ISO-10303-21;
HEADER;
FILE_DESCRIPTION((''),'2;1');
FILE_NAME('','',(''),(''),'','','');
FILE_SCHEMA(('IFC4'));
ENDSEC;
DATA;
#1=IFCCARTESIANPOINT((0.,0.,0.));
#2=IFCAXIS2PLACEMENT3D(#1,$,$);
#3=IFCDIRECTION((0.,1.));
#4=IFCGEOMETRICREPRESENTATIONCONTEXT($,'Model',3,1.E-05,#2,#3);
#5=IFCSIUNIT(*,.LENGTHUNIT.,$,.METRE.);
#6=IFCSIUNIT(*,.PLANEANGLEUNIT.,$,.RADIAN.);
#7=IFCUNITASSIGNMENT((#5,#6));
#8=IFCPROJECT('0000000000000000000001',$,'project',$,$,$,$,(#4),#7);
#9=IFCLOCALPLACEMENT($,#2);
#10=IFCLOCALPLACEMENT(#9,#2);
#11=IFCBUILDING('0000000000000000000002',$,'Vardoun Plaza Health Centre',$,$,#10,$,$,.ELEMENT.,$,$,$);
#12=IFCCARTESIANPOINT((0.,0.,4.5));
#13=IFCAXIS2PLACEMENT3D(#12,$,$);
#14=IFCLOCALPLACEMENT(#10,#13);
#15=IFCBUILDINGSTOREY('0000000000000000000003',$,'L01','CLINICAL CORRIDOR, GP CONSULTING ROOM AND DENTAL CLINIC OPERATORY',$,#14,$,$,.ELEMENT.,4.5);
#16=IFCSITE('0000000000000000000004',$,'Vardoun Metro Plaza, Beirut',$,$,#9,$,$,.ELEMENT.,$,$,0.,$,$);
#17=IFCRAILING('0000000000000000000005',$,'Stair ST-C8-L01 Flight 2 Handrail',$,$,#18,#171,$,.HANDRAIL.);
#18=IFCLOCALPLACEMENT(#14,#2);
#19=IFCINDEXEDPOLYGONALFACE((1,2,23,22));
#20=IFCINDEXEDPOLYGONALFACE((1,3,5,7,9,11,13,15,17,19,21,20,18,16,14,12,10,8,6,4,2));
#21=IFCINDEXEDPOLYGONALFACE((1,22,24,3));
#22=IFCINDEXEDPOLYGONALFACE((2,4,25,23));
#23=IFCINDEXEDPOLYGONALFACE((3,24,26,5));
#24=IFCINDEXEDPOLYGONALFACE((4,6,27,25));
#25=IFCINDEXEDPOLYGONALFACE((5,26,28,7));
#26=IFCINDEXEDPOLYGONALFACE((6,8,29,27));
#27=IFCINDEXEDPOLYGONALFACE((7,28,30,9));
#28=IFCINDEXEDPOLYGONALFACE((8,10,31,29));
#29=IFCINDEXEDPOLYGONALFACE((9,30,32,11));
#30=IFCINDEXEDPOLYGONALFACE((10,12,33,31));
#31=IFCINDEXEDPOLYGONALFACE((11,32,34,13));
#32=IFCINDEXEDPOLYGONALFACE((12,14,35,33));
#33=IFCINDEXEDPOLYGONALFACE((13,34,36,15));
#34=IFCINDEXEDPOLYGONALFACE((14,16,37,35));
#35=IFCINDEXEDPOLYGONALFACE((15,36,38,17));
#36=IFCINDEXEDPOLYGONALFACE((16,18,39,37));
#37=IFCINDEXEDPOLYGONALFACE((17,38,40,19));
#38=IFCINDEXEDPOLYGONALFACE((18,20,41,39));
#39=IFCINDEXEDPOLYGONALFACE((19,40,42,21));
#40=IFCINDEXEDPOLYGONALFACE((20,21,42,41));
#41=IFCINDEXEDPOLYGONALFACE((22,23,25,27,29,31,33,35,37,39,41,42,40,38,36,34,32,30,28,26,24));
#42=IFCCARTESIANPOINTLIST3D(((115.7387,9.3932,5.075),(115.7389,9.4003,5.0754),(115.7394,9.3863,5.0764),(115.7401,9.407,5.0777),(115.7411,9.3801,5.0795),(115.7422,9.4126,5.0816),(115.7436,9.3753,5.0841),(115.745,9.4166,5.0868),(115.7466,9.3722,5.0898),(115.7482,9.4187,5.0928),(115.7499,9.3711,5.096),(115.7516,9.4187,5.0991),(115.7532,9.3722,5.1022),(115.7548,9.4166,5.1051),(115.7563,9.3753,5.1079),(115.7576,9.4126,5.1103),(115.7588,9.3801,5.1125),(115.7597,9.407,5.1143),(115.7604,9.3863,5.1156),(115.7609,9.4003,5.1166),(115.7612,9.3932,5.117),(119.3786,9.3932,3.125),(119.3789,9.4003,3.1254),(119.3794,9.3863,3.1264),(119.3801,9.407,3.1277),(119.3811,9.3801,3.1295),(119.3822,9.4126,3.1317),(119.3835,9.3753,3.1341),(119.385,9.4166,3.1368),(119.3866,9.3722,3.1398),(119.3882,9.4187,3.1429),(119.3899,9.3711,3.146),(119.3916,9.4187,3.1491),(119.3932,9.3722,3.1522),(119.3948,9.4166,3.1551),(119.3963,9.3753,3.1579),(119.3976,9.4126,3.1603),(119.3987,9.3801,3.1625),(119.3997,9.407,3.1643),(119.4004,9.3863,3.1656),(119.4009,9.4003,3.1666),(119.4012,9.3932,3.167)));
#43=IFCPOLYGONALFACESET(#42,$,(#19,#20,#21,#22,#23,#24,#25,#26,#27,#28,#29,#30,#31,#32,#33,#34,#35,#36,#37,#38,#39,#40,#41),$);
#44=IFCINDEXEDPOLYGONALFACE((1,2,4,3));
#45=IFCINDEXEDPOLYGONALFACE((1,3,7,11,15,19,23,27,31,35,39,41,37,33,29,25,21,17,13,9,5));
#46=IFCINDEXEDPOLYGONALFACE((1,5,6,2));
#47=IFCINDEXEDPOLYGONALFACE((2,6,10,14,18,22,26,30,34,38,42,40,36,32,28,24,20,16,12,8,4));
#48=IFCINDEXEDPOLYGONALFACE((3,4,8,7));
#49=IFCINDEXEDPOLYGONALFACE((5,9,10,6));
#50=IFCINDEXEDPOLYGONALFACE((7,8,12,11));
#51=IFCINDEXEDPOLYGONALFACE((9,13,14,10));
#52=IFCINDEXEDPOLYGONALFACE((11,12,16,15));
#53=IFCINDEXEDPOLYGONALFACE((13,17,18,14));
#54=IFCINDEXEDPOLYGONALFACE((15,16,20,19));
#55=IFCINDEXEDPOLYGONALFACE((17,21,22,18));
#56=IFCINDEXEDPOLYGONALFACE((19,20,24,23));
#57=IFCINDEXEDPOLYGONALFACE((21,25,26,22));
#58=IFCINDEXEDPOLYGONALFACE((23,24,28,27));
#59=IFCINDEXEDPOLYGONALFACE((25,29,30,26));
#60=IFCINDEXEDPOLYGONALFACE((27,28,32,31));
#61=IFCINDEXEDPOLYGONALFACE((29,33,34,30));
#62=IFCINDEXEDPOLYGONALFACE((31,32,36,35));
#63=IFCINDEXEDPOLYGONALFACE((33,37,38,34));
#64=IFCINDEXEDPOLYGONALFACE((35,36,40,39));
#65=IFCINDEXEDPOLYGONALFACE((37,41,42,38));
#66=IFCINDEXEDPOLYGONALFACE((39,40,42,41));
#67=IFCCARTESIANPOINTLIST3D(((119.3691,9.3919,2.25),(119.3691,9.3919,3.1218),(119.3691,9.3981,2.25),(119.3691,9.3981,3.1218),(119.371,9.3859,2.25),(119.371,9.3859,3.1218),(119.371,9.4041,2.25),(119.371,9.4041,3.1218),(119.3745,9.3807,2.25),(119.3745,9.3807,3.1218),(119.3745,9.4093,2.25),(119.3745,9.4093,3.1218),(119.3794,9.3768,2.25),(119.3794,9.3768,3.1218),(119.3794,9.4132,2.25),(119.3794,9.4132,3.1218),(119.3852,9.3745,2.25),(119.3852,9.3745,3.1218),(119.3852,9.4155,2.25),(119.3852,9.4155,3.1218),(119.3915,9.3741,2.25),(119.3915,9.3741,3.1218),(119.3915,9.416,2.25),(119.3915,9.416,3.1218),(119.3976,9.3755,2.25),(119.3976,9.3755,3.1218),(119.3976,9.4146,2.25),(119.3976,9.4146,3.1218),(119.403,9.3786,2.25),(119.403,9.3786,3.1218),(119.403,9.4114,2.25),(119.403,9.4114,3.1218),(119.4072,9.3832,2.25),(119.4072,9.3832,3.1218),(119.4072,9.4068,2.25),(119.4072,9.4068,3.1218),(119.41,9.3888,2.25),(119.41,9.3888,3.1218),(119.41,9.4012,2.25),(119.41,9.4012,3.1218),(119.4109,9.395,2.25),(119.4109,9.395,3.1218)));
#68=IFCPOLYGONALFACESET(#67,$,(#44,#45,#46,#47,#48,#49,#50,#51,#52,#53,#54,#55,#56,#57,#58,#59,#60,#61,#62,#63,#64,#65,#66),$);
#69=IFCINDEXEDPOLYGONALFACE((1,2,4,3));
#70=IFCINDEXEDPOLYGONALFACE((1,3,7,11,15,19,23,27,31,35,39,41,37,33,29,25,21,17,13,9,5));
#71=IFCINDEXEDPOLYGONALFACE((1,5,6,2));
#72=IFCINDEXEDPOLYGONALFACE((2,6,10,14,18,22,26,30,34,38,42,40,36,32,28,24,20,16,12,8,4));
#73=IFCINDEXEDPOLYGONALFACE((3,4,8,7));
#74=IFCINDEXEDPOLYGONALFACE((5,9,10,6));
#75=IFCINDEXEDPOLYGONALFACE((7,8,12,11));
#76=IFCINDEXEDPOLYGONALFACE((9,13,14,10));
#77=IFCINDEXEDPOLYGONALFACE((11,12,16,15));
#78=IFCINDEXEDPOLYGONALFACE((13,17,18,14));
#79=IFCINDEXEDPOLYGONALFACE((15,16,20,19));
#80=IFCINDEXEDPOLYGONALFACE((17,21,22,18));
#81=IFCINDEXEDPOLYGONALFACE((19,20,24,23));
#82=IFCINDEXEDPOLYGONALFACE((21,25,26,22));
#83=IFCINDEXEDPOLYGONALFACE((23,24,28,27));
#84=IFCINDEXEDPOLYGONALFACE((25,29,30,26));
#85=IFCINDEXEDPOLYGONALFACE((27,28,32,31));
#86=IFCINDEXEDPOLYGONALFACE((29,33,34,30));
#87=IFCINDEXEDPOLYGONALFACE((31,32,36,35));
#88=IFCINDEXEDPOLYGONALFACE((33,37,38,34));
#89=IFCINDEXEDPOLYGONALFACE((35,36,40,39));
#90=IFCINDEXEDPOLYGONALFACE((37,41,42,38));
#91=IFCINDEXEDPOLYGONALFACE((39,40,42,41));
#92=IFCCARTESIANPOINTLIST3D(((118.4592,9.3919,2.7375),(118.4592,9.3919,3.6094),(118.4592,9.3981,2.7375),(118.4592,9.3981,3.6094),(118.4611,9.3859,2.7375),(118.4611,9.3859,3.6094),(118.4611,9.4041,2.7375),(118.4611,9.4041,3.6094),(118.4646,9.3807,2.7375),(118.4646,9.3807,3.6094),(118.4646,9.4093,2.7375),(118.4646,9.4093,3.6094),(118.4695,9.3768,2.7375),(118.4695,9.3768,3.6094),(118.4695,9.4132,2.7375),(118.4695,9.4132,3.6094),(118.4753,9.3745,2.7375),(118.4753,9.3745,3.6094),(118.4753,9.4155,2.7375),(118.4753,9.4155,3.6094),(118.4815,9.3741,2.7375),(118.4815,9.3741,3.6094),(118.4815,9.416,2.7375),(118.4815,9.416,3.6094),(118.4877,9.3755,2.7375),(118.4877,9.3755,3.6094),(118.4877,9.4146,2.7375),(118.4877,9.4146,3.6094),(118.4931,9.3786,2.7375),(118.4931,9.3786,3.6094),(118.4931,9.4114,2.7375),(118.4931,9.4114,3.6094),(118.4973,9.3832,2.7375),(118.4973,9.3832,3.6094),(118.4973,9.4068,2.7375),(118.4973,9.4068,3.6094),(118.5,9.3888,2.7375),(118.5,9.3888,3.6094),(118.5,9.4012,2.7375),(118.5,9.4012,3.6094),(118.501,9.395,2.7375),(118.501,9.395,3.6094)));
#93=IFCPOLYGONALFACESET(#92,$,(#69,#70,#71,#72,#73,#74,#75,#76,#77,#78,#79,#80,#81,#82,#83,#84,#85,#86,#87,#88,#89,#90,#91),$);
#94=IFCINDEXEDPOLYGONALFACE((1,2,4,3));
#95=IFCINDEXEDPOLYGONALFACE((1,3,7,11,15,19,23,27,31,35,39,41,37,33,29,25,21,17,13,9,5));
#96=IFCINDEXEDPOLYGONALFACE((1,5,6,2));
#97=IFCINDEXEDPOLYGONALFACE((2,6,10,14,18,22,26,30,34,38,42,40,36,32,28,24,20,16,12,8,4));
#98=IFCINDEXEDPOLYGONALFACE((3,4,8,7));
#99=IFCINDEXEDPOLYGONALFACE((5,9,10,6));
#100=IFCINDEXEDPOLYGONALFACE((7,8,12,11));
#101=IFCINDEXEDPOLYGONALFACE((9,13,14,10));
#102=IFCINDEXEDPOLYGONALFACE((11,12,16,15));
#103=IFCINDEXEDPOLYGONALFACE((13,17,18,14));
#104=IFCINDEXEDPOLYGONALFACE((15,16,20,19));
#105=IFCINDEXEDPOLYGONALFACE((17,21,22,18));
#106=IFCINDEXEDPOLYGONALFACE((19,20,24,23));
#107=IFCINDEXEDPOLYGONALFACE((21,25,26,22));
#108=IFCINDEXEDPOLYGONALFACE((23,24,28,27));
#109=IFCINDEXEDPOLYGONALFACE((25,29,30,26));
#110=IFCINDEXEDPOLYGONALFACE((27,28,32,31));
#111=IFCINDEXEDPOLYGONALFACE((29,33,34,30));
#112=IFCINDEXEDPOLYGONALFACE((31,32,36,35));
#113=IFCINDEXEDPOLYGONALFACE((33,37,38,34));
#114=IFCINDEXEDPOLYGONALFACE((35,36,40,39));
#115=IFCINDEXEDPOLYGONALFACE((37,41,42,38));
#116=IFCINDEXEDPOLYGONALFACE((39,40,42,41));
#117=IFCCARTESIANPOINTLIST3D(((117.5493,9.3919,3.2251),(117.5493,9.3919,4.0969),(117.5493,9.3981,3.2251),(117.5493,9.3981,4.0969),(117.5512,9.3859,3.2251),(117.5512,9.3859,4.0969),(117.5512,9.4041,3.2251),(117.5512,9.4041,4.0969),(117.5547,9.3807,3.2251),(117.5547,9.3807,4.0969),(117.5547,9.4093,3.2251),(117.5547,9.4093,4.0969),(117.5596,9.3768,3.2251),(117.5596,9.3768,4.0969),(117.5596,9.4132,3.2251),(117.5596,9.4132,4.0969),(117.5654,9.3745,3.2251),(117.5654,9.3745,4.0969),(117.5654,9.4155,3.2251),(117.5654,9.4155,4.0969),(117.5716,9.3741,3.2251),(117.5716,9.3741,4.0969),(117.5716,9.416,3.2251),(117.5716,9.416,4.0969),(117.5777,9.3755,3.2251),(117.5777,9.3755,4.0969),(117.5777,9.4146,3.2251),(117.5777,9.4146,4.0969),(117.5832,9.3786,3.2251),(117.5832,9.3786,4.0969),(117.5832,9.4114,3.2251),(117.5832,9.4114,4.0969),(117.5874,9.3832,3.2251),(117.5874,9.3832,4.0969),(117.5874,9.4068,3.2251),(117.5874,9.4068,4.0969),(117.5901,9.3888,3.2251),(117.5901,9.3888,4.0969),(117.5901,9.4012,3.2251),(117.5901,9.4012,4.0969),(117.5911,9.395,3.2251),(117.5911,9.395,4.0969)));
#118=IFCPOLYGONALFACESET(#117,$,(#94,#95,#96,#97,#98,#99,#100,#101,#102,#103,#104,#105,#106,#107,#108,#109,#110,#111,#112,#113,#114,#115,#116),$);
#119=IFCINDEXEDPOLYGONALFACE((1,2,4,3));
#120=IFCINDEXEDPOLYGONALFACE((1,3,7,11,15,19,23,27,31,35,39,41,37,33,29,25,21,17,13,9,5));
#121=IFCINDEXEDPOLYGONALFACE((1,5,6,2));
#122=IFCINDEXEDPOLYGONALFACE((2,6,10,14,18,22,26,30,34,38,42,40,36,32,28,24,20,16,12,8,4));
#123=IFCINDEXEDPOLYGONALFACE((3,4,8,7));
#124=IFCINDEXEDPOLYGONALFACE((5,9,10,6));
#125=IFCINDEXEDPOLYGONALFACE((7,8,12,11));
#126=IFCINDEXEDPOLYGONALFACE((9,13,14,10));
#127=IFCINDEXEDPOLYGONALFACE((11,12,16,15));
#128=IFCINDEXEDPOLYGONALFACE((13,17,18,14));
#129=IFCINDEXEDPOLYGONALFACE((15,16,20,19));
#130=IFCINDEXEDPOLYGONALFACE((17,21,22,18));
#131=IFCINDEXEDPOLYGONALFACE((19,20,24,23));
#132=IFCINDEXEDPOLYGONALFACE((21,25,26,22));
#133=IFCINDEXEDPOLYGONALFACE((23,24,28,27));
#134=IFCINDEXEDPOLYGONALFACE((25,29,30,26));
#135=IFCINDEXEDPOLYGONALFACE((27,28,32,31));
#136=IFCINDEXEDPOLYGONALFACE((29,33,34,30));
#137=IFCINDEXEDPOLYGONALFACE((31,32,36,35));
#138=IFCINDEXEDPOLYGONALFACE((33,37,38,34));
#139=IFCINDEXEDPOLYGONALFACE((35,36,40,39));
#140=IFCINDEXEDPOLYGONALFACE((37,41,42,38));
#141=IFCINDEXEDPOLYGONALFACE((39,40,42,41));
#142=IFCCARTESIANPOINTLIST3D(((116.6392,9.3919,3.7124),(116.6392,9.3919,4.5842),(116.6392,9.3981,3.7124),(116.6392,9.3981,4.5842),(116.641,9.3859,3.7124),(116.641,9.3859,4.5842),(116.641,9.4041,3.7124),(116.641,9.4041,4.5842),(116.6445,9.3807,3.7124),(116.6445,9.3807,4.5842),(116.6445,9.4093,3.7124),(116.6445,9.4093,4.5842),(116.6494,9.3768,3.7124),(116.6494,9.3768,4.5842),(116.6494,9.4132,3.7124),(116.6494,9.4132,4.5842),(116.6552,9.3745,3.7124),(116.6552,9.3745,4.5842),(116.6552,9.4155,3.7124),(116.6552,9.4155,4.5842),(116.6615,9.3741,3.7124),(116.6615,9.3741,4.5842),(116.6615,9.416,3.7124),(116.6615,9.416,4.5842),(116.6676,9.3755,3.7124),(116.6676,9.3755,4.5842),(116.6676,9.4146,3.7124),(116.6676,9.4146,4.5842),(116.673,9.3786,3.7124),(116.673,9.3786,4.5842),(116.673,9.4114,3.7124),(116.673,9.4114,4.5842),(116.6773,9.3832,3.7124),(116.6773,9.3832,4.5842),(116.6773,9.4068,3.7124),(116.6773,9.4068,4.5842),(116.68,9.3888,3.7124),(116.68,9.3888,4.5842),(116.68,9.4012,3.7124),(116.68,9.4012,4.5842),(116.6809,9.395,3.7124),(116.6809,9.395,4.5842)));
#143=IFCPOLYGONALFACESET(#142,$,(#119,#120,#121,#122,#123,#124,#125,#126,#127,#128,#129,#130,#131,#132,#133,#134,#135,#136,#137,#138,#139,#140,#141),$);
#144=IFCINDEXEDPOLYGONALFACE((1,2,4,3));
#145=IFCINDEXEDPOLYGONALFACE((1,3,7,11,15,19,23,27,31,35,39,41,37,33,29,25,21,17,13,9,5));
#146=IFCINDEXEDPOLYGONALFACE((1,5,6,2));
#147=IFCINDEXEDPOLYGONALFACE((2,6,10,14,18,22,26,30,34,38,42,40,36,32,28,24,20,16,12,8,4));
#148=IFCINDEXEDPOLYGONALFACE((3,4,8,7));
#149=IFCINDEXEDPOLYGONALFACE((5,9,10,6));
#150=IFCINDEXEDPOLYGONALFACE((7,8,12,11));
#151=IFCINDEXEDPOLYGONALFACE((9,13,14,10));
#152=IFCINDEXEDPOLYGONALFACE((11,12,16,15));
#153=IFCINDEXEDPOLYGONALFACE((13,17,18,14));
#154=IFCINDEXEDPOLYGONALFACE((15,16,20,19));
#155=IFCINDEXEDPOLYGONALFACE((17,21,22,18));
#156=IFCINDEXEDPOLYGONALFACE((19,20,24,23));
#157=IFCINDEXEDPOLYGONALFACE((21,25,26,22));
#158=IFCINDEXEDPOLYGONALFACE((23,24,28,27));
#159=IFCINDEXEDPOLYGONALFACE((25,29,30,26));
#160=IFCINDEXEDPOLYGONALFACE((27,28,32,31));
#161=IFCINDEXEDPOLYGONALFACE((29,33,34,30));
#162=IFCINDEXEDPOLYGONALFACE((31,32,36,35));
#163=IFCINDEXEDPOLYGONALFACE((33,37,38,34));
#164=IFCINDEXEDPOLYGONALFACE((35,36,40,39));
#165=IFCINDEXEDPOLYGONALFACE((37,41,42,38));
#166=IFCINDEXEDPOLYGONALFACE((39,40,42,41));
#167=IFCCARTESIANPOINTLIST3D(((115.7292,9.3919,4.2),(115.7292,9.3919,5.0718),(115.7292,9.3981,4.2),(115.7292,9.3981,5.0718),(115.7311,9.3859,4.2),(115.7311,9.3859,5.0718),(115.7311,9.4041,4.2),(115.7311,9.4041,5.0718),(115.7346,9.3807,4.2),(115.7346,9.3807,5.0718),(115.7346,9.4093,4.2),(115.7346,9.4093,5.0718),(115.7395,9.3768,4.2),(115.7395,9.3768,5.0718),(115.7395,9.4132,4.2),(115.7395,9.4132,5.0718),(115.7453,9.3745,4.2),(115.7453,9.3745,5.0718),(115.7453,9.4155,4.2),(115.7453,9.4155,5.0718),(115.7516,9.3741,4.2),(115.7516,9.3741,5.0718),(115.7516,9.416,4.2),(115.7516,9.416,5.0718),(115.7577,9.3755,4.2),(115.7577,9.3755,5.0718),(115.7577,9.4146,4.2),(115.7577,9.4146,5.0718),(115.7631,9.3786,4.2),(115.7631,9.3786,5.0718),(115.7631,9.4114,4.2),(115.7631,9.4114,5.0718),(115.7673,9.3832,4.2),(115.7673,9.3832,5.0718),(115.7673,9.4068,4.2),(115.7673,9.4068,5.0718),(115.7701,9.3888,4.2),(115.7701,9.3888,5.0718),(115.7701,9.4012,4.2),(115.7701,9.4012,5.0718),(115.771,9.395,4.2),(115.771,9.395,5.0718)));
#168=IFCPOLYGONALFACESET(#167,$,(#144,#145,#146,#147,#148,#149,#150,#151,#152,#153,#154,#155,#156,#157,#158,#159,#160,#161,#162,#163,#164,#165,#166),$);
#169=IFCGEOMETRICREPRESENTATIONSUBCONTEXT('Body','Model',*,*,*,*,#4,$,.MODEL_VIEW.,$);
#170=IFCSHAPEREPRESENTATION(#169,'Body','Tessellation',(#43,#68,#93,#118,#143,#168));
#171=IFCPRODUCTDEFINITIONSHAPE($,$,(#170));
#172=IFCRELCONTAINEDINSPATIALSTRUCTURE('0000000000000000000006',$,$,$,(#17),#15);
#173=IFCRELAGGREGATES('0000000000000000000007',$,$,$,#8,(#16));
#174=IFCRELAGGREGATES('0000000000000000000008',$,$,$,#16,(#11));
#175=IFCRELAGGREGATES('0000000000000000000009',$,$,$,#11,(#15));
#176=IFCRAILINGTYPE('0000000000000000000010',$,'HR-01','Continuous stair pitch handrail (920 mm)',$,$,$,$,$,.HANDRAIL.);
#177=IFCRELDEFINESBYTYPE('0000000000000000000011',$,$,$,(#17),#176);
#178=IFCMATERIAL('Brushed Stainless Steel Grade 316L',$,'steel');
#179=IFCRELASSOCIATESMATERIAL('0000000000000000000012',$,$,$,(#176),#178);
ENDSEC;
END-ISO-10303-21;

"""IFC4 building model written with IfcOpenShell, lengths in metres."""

from ifc_helpers import new_model, si_unit, direction, frame, origin, origin_2d, place, context, subcontext, project, spatial, circle, extrude, material, type_object, element, save


model = new_model("IFC4")

# Units and contexts
model_context = context("Model", 3, precision=1e-05, world=origin(), true_north=direction((0.0, 1.0)))
body_context = subcontext(model_context, "Body", "Model", "MODEL_VIEW")
ifc_project = project(units=[si_unit("LENGTHUNIT", "METRE"), si_unit("PLANEANGLEUNIT", "RADIAN")], contexts=[model_context])

# Site, building, storey
site_placement = place(None, origin())
site = spatial("IfcSite", under=ifc_project, at=site_placement, Name="Vardoun Metro Plaza, Beirut", CompositionType="ELEMENT", RefElevation=0.0)
building_placement = place(site_placement, origin())
building = spatial("IfcBuilding", under=site, at=building_placement, Name="Vardoun Plaza Health Centre", CompositionType="ELEMENT")
storey_placement = place(building_placement, frame((0.0, 0.0, 4.5)))
storey = spatial("IfcBuildingStorey", under=building, at=storey_placement, Name="L01", Description="CLINICAL CORRIDOR, GP CONSULTING ROOM AND DENTAL CLINIC OPERATORY", CompositionType="ELEMENT", Elevation=4.5)

# Railing
ifc_material_1 = material(Name="Brushed Stainless Steel Grade 316L", Category="steel")
railing_type_1 = type_object("IfcRailingType", Name="HR-01", Description="Continuous stair pitch handrail (920 mm)", PredefinedType="HANDRAIL", material=ifc_material_1)
railing_1_placement = place(storey_placement, frame((119.3899, 9.395, 2.25)))
element("IfcRailing", 1, at=railing_1_placement, inside=storey, type_object=railing_type_1, Name="Stair ST-C8-L01 Flight 2 Handrail", PredefinedType="HANDRAIL", context=body_context, shape_type="SweptSolid", body=[
    extrude(circle(Radius=0.0239, at=origin_2d()), frame((0.0, 0.0, 0.896), z_axis=(-0.881479, 0.0, 0.472223), x_axis=(0.0, -1.0, 0.0)), (0.0, 0.0, 1.0), 4.1294),
    extrude(circle(Radius=0.021, at=origin_2d()), origin(), (0.0, 0.0, 1.0), 0.8718),
    extrude(circle(Radius=0.021, at=origin_2d()), frame((-0.9099, 0.0, 0.4875)), (0.0, 0.0, 1.0), 0.8718),
    extrude(circle(Radius=0.021, at=origin_2d()), frame((-1.8198, 0.0, 0.9751)), (0.0, 0.0, 1.0), 0.8718),
    extrude(circle(Radius=0.021, at=origin_2d()), frame((-2.73, 0.0, 1.4624)), (0.0, 0.0, 1.0), 0.8718),
    extrude(circle(Radius=0.021, at=origin_2d()), frame((-3.6399, 0.0, 1.95)), (0.0, 0.0, 1.0), 0.8718),
])

save(model, "model.ifc")
